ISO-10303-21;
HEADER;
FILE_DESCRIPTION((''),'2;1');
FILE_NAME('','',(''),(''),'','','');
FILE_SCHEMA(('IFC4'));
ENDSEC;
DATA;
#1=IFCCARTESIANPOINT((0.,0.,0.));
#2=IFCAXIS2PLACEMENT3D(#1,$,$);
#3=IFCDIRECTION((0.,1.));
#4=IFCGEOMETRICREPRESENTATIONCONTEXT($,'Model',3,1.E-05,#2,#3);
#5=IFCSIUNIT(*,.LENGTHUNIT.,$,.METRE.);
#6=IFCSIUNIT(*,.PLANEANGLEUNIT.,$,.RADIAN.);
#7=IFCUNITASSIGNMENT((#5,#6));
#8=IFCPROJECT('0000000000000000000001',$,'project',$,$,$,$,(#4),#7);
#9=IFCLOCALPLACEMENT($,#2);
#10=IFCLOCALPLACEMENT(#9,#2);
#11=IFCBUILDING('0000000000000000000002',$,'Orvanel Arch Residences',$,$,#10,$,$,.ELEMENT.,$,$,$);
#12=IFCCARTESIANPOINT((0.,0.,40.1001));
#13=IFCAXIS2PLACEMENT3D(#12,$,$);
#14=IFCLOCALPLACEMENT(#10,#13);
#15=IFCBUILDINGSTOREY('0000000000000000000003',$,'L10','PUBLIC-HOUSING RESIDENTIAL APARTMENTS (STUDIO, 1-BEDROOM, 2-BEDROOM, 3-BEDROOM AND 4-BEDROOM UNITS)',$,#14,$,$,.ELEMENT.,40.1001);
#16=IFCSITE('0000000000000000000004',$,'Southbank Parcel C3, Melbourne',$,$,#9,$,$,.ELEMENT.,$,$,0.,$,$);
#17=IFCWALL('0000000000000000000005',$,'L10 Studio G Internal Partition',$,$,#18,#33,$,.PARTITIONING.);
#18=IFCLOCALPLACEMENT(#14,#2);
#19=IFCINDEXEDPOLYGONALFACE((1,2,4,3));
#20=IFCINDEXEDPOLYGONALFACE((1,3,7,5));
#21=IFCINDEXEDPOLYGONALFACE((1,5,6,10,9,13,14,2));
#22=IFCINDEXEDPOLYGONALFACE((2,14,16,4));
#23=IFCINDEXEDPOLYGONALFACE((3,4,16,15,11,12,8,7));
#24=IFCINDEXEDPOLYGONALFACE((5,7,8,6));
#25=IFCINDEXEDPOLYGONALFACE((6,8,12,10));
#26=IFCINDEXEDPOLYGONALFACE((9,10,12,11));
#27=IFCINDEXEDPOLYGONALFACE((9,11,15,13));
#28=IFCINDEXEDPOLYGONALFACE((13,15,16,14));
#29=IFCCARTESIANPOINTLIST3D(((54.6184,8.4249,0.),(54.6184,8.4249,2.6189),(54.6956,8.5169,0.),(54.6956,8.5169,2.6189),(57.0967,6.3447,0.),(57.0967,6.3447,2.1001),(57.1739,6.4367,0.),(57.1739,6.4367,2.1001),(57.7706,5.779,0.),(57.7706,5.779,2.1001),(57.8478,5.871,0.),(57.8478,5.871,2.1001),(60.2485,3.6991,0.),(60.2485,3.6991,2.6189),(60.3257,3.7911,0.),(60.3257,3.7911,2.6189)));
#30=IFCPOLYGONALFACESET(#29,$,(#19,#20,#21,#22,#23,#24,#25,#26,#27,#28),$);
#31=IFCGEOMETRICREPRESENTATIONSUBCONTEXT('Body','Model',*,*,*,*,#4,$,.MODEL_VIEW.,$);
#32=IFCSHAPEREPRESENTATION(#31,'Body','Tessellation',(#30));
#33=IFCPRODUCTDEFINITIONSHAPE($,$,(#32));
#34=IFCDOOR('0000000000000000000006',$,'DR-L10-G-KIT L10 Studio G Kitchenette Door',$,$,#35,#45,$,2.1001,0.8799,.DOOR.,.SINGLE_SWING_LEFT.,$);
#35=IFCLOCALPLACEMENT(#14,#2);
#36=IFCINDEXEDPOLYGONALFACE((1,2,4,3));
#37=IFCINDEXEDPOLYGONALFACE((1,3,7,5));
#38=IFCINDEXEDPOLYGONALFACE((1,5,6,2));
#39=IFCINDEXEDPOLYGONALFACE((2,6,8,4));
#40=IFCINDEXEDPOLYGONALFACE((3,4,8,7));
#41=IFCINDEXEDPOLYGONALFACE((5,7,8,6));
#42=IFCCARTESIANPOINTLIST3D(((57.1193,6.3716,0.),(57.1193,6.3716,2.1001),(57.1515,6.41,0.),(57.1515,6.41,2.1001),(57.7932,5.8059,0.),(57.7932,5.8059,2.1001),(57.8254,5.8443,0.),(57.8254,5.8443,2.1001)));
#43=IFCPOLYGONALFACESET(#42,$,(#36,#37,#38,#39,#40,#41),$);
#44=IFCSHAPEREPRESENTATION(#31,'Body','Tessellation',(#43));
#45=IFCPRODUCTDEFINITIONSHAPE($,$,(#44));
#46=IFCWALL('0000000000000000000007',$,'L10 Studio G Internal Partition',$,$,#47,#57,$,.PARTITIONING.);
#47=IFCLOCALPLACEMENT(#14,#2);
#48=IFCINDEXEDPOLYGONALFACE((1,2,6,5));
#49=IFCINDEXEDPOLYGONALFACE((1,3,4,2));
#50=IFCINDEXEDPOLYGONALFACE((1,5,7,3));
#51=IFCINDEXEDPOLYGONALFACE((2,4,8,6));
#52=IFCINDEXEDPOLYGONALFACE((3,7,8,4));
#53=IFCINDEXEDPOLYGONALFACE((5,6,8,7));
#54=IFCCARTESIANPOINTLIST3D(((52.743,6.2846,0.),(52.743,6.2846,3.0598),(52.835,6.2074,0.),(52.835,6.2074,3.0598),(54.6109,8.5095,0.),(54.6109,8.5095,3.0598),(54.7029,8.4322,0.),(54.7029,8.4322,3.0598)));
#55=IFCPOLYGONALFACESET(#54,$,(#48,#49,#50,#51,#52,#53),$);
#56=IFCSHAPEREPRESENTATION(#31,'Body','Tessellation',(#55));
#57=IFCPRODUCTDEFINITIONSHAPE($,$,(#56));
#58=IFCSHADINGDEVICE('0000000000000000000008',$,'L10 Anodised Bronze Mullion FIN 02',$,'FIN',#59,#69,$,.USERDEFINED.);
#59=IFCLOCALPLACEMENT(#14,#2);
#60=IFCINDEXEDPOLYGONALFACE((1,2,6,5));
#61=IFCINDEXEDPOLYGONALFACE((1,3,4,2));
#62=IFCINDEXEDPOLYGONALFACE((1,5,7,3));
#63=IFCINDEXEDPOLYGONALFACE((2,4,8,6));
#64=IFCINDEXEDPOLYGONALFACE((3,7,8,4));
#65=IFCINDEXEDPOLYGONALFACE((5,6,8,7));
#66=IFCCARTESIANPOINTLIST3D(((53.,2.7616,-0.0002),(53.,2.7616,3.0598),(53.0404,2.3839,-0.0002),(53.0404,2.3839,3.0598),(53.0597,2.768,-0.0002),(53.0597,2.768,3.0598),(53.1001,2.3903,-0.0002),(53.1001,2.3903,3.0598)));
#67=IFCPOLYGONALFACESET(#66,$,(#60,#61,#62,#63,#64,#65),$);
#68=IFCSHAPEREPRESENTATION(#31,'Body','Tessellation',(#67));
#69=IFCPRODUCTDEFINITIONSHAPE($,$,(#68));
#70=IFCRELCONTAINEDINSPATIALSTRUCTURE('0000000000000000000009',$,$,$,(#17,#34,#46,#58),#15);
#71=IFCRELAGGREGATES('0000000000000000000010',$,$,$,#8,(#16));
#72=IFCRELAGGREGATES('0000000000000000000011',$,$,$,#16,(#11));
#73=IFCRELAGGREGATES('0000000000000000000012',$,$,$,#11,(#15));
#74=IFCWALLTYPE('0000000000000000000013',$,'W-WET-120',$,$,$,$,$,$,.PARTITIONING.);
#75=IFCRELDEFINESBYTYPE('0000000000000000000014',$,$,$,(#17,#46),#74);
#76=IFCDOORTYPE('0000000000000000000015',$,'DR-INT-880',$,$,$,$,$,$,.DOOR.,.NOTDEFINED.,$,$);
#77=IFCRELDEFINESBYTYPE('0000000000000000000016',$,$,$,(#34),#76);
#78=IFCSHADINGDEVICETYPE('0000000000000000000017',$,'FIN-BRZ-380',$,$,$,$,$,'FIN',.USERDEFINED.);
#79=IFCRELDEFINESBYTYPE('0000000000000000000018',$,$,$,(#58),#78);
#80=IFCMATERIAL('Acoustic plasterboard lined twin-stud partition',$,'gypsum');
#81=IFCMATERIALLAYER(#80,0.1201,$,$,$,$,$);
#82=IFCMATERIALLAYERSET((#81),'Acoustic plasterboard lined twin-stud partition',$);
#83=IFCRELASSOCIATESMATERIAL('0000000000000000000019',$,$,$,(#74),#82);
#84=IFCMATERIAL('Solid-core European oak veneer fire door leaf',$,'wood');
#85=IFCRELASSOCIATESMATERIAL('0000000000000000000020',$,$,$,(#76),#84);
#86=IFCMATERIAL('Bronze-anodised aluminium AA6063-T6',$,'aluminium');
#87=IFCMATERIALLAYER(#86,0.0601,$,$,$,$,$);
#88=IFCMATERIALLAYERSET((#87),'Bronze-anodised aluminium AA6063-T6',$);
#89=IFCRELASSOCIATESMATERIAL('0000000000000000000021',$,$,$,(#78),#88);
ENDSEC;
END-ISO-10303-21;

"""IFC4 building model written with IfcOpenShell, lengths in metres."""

from ifc_helpers import new_model, si_unit, direction, frame, frame_2d, origin, origin_2d, place, context, subcontext, project, spatial, rectangle, extrude, material, layer, layer_set, type_object, element, fill, save


model = new_model("IFC4")

# Units and contexts
model_context = context("Model", 3, precision=1e-05, world=origin(), true_north=direction((0.0, 1.0)))
body_context = subcontext(model_context, "Body", "Model", "MODEL_VIEW")
ifc_project = project(units=[si_unit("LENGTHUNIT", "METRE"), si_unit("PLANEANGLEUNIT", "RADIAN")], contexts=[model_context])

# Site, building, storey
site_placement = place(None, origin())
site = spatial("IfcSite", under=ifc_project, at=site_placement, Name="Southbank Parcel C3, Melbourne", CompositionType="ELEMENT", RefElevation=0.0)
building_placement = place(site_placement, origin())
building = spatial("IfcBuilding", under=site, at=building_placement, Name="Orvanel Arch Residences", CompositionType="ELEMENT")
storey_placement = place(building_placement, frame((0.0, 0.0, 40.1001)))
storey = spatial("IfcBuildingStorey", under=building, at=storey_placement, Name="L10", Description="PUBLIC-HOUSING RESIDENTIAL APARTMENTS (STUDIO, 1-BEDROOM, 2-BEDROOM, 3-BEDROOM AND 4-BEDROOM UNITS)", CompositionType="ELEMENT", Elevation=40.1001)

# Shared definitions
ifc_material_1 = material(Name="Bronze-anodised aluminium AA6063-T6", Category="aluminium")

# Wall, opening, door
ifc_material_2 = material(Name="Acoustic plasterboard lined twin-stud partition", Category="gypsum")
ifc_layer_1 = layer(ifc_material_2, 0.1201)
ifc_layer_set_1 = layer_set([ifc_layer_1], Name="Acoustic plasterboard lined twin-stud partition")
wall_type = type_object("IfcWallType", Name="W-WET-120", PredefinedType="PARTITIONING", material=ifc_layer_set_1)
wall_1_placement = place(storey_placement, frame((60.2871, 3.7451, 0.0), z_axis=(0.0, 0.0, 1.0), x_axis=(-0.765938, 0.642915, 0.0)))
wall_1 = element("IfcWall", 1, at=wall_1_placement, inside=storey, type_object=wall_type, Name="L10 Studio G Internal Partition", PredefinedType="PARTITIONING", context=body_context, shape_type="SweptSolid", body=[
    extrude(rectangle(XDim=7.3506, YDim=0.1201, at=frame_2d((3.6753, 0.0))), origin(), (0.0, 0.0, 1.0), 2.6189),
])
opening_placement = place(wall_1_placement, frame((3.2351, 0.0, 0.0)))
opening = element("IfcOpeningElement", 2, at=opening_placement, cuts=wall_1, PredefinedType="OPENING", context=body_context, shape_type="SweptSolid", body=[
    extrude(rectangle(XDim=0.8799, YDim=2.1001, at=frame_2d((0.4399, 1.05))), frame((0.0, 0.0701, 0.0), z_axis=(0.0, -1.0, 0.0), x_axis=(1.0, 0.0, 0.0)), (0.0, 0.0, 1.0), 0.1401),
])
ifc_material_3 = material(Name="Solid-core European oak veneer fire door leaf", Category="wood")
door_type = type_object("IfcDoorType", Name="DR-INT-880", OperationType="NOTDEFINED", PredefinedType="DOOR", material=ifc_material_3)
door_placement = place(opening_placement, origin())
door = element("IfcDoor", 3, at=door_placement, inside=storey, type_object=door_type, Name="DR-L10-G-KIT L10 Studio G Kitchenette Door", OperationType="SINGLE_SWING_LEFT", OverallHeight=2.1001, OverallWidth=0.8799, PredefinedType="DOOR", context=body_context, shape_type="SweptSolid", body=[
    extrude(rectangle(XDim=0.8799, YDim=2.1001, at=frame_2d((0.4399, 1.05))), frame((0.0, 0.0249, 0.0), z_axis=(0.0, -1.0, 0.0), x_axis=(1.0, 0.0, 0.0)), (0.0, 0.0, 1.0), 0.05),
])
fill(opening, door)

# Wall
wall_2_placement = place(storey_placement, frame((54.657, 8.4709, 0.0), z_axis=(0.0, 0.0, 1.0), x_axis=(-0.642999, -0.765867, 0.0)))
element("IfcWall", 4, at=wall_2_placement, inside=storey, type_object=wall_type, Name="L10 Studio G Internal Partition", PredefinedType="PARTITIONING", context=body_context, shape_type="SweptSolid", body=[
    extrude(rectangle(XDim=2.905, YDim=0.1201, at=frame_2d((1.4526, 0.0))), origin(), (0.0, 0.0, 1.0), 3.0598),
])

# Shading device
ifc_layer_2 = layer(ifc_material_1, 0.0601)
ifc_layer_set_2 = layer_set([ifc_layer_2], Name="Bronze-anodised aluminium AA6063-T6")
shading_device_type = type_object("IfcShadingDeviceType", Name="FIN-BRZ-380", ElementType="FIN", PredefinedType="USERDEFINED", material=ifc_layer_set_2)
shading_device_placement = place(storey_placement, frame((53.05, 2.5759, -0.0002), z_axis=(0.0, 0.0, 1.0), x_axis=(0.106264, -0.994338, 0.0)))
element("IfcShadingDevice", 5, at=shading_device_placement, inside=storey, type_object=shading_device_type, Name="L10 Anodised Bronze Mullion FIN 02", ObjectType="FIN", PredefinedType="USERDEFINED", context=body_context, shape_type="SweptSolid", body=[
    extrude(rectangle(XDim=0.3799, YDim=0.0601, at=origin_2d()), origin(), (0.0, 0.0, 1.0), 3.0601),
])

save(model, "model.ifc")
